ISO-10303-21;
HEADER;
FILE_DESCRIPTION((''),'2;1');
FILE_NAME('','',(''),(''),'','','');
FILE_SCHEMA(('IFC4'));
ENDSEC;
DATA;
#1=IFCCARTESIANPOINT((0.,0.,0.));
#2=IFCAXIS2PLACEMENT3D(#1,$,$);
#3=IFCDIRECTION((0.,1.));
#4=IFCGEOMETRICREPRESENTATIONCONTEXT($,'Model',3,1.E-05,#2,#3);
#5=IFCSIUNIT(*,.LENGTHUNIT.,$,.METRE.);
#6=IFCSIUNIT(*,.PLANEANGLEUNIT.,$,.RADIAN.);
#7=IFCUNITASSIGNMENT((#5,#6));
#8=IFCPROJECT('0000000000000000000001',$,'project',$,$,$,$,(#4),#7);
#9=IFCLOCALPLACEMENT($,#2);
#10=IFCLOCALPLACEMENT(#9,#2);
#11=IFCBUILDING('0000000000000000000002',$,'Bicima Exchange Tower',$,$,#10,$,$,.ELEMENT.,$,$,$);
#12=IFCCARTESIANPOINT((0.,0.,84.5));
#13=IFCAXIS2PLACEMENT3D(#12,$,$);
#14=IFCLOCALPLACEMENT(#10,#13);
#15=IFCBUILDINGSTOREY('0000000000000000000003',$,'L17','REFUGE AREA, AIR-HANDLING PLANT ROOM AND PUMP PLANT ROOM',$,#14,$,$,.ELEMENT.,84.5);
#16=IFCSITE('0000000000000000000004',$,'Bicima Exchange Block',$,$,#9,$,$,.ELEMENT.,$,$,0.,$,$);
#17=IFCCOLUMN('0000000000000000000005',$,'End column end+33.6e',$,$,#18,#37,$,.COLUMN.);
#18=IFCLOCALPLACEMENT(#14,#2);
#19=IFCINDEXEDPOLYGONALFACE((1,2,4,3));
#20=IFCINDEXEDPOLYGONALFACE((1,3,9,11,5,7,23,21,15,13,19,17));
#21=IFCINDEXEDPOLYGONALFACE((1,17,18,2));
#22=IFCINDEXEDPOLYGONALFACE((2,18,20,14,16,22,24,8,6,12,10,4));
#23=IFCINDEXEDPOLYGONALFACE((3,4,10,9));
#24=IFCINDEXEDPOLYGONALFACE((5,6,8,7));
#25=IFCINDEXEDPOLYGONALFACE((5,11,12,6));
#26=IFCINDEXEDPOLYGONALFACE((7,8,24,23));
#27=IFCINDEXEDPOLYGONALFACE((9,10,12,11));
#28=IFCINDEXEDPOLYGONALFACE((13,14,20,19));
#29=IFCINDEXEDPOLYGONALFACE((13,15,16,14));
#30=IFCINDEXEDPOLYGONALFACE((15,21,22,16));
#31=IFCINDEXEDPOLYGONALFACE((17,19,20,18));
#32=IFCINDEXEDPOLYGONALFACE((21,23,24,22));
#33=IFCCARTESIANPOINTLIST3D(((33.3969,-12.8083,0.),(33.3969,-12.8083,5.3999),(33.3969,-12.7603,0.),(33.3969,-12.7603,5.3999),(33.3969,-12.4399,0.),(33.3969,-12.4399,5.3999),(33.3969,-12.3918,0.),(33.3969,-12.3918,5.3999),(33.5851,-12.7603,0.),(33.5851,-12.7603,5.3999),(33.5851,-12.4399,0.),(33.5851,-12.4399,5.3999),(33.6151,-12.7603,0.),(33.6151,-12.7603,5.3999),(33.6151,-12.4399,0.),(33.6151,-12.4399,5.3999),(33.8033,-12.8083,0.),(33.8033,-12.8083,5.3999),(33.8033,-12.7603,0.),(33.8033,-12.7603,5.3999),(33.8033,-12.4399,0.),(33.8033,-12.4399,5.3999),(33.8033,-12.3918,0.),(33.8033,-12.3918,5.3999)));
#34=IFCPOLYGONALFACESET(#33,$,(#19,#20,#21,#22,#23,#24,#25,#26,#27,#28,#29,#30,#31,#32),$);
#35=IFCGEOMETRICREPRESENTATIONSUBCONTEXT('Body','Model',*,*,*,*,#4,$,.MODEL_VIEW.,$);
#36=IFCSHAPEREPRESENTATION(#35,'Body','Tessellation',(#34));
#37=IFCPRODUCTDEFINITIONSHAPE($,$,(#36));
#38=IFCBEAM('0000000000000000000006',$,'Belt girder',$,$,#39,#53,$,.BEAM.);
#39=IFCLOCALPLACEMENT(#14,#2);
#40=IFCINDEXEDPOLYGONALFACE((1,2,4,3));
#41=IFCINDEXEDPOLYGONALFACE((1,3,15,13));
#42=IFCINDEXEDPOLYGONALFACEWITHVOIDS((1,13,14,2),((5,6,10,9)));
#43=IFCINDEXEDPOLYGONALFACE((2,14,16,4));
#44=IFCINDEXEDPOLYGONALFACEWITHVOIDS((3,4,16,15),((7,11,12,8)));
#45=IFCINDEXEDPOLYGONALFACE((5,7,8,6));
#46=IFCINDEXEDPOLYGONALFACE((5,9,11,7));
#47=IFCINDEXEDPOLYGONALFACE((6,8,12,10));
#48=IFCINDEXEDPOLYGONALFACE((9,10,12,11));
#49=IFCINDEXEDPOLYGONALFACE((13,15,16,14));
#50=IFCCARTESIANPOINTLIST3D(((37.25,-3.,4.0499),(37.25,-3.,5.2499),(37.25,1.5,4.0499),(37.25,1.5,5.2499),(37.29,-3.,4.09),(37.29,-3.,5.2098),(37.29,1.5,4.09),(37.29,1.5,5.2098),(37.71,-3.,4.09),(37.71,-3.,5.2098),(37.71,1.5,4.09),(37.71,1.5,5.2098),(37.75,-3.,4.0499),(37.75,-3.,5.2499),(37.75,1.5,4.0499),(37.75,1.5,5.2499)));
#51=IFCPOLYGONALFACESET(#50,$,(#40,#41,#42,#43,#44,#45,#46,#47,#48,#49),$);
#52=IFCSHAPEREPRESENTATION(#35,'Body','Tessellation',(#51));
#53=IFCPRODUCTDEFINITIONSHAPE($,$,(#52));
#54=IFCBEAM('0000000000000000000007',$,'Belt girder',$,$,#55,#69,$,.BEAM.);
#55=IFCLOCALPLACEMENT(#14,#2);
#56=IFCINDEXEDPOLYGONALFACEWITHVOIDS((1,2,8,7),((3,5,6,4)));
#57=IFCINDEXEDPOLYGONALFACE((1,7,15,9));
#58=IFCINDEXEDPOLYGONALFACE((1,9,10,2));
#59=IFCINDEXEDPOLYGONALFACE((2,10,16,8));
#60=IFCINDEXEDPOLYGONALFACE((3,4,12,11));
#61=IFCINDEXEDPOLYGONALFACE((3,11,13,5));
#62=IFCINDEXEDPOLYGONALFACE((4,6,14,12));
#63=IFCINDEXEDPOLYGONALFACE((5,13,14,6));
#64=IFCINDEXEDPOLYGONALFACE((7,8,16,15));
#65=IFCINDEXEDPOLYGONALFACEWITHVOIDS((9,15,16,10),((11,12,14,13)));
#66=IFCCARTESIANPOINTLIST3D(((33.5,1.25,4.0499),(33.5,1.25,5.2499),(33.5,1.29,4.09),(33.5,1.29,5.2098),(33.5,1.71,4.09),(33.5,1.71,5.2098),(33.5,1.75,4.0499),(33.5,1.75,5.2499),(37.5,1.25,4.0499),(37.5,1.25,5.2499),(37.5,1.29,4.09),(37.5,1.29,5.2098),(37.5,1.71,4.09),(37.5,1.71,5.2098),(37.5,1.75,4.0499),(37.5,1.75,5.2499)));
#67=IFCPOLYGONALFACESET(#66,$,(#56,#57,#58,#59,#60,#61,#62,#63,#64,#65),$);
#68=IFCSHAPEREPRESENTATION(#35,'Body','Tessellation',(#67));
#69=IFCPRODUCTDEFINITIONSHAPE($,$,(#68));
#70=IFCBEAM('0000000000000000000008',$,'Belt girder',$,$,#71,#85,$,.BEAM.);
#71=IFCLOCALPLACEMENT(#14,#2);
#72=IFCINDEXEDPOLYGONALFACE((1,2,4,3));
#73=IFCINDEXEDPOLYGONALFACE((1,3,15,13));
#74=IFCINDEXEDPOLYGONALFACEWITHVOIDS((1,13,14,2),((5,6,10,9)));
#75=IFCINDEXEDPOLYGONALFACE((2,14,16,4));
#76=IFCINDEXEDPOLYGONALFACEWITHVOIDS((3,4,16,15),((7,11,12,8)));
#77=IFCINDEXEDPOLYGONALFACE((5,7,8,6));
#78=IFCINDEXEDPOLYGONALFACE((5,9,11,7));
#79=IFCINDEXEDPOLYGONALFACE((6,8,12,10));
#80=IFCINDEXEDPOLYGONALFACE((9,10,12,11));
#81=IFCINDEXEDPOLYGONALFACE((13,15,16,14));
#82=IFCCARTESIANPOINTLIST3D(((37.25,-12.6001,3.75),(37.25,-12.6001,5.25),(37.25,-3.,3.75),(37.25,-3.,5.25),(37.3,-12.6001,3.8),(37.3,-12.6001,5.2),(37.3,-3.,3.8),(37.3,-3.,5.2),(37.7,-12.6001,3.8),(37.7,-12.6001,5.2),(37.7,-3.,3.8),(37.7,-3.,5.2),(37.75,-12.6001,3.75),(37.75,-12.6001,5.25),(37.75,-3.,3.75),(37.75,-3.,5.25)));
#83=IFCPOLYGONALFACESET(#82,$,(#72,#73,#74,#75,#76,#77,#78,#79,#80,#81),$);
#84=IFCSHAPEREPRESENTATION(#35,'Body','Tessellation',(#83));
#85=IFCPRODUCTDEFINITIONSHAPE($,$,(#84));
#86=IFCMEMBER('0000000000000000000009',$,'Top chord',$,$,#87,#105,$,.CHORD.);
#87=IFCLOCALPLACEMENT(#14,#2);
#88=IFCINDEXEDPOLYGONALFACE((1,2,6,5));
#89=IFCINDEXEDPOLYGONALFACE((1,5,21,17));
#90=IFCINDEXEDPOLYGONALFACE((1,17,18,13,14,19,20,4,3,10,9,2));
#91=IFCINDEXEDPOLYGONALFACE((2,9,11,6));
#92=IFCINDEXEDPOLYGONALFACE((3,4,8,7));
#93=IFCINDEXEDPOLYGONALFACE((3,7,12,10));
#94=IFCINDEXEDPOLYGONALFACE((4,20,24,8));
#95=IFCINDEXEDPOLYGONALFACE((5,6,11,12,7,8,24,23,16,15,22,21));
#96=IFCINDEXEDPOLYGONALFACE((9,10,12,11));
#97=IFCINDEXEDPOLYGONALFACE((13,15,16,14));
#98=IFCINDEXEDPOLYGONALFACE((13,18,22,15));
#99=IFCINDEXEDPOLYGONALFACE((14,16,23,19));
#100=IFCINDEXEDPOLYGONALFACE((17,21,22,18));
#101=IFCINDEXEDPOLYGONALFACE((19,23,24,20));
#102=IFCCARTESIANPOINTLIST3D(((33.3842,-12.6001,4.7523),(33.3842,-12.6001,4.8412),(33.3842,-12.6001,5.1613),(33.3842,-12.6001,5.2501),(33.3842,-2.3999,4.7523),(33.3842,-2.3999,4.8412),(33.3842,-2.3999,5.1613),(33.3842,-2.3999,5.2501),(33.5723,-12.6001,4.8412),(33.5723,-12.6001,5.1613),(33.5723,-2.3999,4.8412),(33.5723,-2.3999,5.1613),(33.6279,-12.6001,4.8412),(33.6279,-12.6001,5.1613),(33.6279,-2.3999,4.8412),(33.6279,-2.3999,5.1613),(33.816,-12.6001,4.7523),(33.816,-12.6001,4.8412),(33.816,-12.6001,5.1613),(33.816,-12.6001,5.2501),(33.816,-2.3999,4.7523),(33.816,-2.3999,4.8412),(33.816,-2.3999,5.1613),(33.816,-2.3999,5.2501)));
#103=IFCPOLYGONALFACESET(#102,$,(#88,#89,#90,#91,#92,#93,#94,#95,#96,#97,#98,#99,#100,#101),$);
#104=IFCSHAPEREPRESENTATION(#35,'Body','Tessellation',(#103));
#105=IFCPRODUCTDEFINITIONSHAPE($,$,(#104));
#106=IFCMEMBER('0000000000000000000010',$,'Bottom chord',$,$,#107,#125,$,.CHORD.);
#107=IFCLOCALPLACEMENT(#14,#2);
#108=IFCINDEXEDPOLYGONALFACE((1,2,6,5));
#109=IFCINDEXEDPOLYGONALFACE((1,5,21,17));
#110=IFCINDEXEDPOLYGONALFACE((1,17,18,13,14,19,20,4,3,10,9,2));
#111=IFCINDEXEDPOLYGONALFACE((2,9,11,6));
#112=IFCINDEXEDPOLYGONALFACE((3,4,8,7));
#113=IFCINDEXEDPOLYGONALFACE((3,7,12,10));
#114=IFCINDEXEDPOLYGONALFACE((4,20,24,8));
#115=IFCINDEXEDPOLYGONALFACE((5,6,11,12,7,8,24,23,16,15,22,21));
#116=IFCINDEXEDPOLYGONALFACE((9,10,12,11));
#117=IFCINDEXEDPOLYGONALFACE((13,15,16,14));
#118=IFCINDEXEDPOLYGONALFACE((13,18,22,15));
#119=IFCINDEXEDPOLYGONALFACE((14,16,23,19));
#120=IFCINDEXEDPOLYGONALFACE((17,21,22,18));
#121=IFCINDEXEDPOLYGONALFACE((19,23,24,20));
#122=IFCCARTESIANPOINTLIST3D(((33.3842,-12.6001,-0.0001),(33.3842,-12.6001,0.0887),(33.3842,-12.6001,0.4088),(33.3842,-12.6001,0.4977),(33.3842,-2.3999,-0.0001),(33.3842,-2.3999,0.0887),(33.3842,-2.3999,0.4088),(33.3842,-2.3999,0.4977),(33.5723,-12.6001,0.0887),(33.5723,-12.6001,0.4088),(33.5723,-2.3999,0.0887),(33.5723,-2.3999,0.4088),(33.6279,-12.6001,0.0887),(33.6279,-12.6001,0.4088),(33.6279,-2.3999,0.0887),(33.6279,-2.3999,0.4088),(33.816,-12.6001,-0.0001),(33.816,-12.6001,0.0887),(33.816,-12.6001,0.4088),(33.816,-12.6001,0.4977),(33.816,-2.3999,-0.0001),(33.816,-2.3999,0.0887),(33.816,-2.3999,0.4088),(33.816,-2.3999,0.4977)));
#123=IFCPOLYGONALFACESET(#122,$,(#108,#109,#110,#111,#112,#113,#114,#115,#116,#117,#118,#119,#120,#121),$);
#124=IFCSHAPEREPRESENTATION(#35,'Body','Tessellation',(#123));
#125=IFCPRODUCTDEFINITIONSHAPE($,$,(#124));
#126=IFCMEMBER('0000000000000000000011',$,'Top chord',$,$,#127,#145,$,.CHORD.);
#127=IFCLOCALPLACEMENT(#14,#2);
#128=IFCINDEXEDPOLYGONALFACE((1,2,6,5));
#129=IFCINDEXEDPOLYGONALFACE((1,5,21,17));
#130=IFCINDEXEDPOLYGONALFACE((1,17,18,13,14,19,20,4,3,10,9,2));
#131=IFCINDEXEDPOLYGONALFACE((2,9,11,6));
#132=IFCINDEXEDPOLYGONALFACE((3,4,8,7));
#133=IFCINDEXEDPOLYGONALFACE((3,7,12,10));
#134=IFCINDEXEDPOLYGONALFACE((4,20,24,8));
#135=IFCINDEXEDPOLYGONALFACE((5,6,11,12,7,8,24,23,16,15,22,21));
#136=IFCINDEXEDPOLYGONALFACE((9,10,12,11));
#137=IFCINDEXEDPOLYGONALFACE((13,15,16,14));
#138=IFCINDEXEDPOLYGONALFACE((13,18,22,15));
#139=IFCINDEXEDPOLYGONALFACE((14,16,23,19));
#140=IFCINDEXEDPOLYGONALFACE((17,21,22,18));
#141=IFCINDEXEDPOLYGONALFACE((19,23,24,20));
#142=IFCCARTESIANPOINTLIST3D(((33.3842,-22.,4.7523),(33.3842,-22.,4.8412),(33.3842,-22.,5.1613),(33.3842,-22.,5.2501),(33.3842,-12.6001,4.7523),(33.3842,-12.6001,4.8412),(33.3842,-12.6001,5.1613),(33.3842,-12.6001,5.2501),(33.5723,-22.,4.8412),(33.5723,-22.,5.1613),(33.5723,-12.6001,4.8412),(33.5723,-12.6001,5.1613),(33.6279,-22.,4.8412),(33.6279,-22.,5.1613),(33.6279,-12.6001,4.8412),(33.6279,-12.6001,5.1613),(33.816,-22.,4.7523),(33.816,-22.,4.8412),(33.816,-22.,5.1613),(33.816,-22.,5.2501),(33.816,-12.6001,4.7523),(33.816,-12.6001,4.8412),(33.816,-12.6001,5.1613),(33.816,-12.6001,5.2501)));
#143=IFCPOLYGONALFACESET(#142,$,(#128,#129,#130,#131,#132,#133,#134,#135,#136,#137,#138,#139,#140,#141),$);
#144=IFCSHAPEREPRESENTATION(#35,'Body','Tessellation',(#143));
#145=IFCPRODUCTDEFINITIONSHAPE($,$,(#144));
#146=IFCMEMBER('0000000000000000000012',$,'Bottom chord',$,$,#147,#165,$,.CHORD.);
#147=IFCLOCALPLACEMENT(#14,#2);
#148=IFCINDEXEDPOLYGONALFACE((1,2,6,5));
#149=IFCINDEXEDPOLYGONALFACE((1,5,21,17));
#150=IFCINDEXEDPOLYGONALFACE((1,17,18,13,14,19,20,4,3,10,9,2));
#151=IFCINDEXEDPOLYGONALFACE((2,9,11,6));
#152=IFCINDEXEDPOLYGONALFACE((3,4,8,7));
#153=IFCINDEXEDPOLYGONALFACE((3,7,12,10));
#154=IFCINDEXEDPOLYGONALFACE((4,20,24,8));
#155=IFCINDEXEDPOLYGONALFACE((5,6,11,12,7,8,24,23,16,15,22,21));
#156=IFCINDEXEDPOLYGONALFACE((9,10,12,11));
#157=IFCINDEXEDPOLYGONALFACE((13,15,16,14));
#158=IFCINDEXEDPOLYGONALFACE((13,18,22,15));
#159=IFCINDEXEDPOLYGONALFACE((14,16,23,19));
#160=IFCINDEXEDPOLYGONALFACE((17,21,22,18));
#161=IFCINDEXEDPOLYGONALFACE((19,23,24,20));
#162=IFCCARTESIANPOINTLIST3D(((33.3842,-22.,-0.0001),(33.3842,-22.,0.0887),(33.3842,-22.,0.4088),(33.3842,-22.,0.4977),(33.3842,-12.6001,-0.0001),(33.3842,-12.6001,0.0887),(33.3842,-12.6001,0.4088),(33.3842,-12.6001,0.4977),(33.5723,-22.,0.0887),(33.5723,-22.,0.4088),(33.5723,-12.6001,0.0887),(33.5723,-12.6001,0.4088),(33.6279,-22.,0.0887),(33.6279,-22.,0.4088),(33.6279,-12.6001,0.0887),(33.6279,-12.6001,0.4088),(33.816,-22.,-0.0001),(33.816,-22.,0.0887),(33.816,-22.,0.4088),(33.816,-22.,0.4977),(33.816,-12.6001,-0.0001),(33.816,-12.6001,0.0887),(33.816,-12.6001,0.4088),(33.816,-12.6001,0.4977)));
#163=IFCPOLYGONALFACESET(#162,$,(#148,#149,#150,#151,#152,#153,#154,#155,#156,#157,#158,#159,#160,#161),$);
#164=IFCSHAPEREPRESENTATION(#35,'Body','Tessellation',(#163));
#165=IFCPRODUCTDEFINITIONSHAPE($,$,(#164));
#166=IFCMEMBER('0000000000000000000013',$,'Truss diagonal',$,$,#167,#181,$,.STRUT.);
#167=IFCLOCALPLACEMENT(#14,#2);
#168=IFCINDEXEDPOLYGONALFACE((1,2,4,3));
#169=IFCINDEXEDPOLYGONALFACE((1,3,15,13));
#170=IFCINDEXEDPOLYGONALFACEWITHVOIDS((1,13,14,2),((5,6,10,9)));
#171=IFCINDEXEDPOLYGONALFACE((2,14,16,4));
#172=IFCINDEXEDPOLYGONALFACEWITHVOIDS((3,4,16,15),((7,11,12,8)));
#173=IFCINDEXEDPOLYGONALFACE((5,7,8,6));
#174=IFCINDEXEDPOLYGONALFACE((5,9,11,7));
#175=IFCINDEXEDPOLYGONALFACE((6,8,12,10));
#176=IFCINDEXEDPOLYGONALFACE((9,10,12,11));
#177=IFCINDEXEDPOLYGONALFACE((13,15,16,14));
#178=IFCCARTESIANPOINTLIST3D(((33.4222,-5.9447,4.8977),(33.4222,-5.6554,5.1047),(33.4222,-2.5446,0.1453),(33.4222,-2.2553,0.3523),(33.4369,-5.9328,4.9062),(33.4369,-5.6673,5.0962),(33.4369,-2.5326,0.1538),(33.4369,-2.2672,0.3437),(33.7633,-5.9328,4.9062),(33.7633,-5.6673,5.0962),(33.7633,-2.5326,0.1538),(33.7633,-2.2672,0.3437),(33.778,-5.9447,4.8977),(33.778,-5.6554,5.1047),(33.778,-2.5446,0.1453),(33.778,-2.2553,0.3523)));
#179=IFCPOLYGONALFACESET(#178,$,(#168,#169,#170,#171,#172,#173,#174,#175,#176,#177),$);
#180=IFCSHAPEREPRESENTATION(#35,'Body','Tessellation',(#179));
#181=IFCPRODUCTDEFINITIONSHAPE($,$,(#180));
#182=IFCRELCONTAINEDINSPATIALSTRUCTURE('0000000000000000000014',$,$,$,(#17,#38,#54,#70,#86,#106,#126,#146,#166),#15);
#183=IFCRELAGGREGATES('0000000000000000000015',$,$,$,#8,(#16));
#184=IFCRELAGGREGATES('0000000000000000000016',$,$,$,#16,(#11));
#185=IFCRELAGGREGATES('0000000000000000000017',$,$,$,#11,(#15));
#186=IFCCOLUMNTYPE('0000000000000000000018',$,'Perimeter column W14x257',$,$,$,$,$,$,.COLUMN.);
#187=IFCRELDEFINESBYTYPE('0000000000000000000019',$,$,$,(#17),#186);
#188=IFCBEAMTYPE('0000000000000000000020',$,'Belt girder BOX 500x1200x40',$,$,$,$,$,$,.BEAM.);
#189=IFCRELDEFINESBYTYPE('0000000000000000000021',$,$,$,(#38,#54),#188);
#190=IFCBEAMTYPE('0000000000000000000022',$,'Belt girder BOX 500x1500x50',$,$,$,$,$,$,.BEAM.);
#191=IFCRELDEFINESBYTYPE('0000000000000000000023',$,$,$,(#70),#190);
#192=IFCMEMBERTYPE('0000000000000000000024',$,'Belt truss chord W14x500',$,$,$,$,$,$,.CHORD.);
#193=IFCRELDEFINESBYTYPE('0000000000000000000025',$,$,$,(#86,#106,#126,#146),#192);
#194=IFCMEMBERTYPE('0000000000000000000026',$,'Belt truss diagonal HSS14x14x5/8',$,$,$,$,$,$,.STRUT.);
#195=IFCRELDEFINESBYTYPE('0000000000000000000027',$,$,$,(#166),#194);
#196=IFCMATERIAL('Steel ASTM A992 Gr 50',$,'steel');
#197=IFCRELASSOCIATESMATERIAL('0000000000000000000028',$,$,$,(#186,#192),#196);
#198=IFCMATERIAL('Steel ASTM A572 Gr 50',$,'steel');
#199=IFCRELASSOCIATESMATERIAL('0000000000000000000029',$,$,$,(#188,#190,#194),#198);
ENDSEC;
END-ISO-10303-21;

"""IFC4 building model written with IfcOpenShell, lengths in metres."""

from ifc_helpers import new_model, si_unit, direction, frame, origin, origin_2d, place, context, subcontext, project, spatial, hollow_rectangle, i_section, extrude, material, material_profile, profile_set, type_object, element, save


model = new_model("IFC4")

# Units and contexts
model_context = context("Model", 3, precision=1e-05, world=origin(), true_north=direction((0.0, 1.0)))
body_context = subcontext(model_context, "Body", "Model", "MODEL_VIEW")
ifc_project = project(units=[si_unit("LENGTHUNIT", "METRE"), si_unit("PLANEANGLEUNIT", "RADIAN")], contexts=[model_context])

# Site, building, storey
site_placement = place(None, origin())
site = spatial("IfcSite", under=ifc_project, at=site_placement, Name="Bicima Exchange Block", CompositionType="ELEMENT", RefElevation=0.0)
building_placement = place(site_placement, origin())
building = spatial("IfcBuilding", under=site, at=building_placement, Name="Bicima Exchange Tower", CompositionType="ELEMENT")
storey_placement = place(building_placement, frame((0.0, 0.0, 84.5)))
storey = spatial("IfcBuildingStorey", under=building, at=storey_placement, Name="L17", Description="REFUGE AREA, AIR-HANDLING PLANT ROOM AND PUMP PLANT ROOM", CompositionType="ELEMENT", Elevation=84.5)

# Column
ifc_material_1 = material(Name="Steel ASTM A992 Gr 50", Category="steel")
ifc_material_profile_1 = material_profile(ifc_material_1, i_section(OverallWidth=0.4065, OverallDepth=0.4165, WebThickness=0.03, FlangeThickness=0.0481, at=origin_2d()))
ifc_profile_set_1 = profile_set([ifc_material_profile_1], Name="Steel ASTM A992 Gr 50")
column_type = type_object("IfcColumnType", Name="Perimeter column W14x257", PredefinedType="COLUMN", material=ifc_profile_set_1)
column_placement = place(storey_placement, frame((33.6001, -12.6001, 0.0), z_axis=(0.0, 0.0, 1.0), x_axis=(1.0, 0.0, 0.0)))
element("IfcColumn", 1, at=column_placement, inside=storey, type_object=column_type, Name="End column end+33.6e", PredefinedType="COLUMN", context=body_context, shape_type="SweptSolid", body=[
    extrude(i_section(OverallWidth=0.4065, OverallDepth=0.4165, WebThickness=0.03, FlangeThickness=0.0481, at=origin_2d()), origin(), (0.0, 0.0, 1.0), 5.3999),
])

# Beams
ifc_material_2 = material(Name="Steel ASTM A572 Gr 50", Category="steel")
ifc_material_profile_2 = material_profile(ifc_material_2, hollow_rectangle(XDim=0.5, YDim=1.2, WallThickness=0.04, at=origin_2d()))
ifc_profile_set_2 = profile_set([ifc_material_profile_2], Name="Steel ASTM A572 Gr 50")
beam_type_1 = type_object("IfcBeamType", Name="Belt girder BOX 500x1200x40", PredefinedType="BEAM", material=ifc_profile_set_2)
beam_1_placement = place(storey_placement, frame((37.5, -3.0, 4.6499), z_axis=(0.0, 1.0, 0.0), x_axis=(-1.0, 0.0, 0.0)))
element("IfcBeam", 2, at=beam_1_placement, inside=storey, type_object=beam_type_1, Name="Belt girder", PredefinedType="BEAM", context=body_context, shape_type="SweptSolid", body=[
    extrude(hollow_rectangle(XDim=0.5, YDim=1.2, WallThickness=0.04, at=origin_2d()), origin(), (0.0, 0.0, 1.0), 4.5),
])
beam_2_placement = place(storey_placement, frame((37.5, 1.5, 4.6499), z_axis=(-1.0, 0.0, 0.0), x_axis=(0.0, -1.0, 0.0)))
element("IfcBeam", 3, at=beam_2_placement, inside=storey, type_object=beam_type_1, Name="Belt girder", PredefinedType="BEAM", context=body_context, shape_type="SweptSolid", body=[
    extrude(hollow_rectangle(XDim=0.5, YDim=1.2, WallThickness=0.04, at=origin_2d()), origin(), (0.0, 0.0, 1.0), 4.0),
])
ifc_material_profile_3 = material_profile(ifc_material_2, hollow_rectangle(XDim=0.5, YDim=1.5, WallThickness=0.05, at=origin_2d()))
ifc_profile_set_3 = profile_set([ifc_material_profile_3], Name="Steel ASTM A572 Gr 50")
beam_type_2 = type_object("IfcBeamType", Name="Belt girder BOX 500x1500x50", PredefinedType="BEAM", material=ifc_profile_set_3)
beam_3_placement = place(storey_placement, frame((37.5, -12.6001, 4.5), z_axis=(0.0, 1.0, 0.0), x_axis=(-1.0, 0.0, 0.0)))
element("IfcBeam", 4, at=beam_3_placement, inside=storey, type_object=beam_type_2, Name="Belt girder", PredefinedType="BEAM", context=body_context, shape_type="SweptSolid", body=[
    extrude(hollow_rectangle(XDim=0.5, YDim=1.5, WallThickness=0.05, at=origin_2d()), origin(), (0.0, 0.0, 1.0), 9.6001),
])

# Members
ifc_material_profile_4 = material_profile(ifc_material_1, i_section(OverallWidth=0.4319, OverallDepth=0.4978, WebThickness=0.0557, FlangeThickness=0.0889, at=origin_2d()))
ifc_profile_set_4 = profile_set([ifc_material_profile_4], Name="Steel ASTM A992 Gr 50")
member_type_1 = type_object("IfcMemberType", Name="Belt truss chord W14x500", PredefinedType="CHORD", material=ifc_profile_set_4)
for number, where, z_axis, x_axis, name in (
    (5, (33.6001, -2.3999, 5.0012), (0.0, -1.0, 0.0), (1.0, 0.0, 0.0), "Top chord"),
    (6, (33.6001, -2.3999, 0.2488), (0.0, -1.0, 0.0), (1.0, 0.0, 0.0), "Bottom chord"),
):
    element("IfcMember", number, at=place(storey_placement, frame(where, z_axis=z_axis, x_axis=x_axis)), inside=storey, type_object=member_type_1, Name=name, PredefinedType="CHORD", context=body_context, shape_type="SweptSolid", body=[
        extrude(i_section(OverallWidth=0.4319, OverallDepth=0.4978, WebThickness=0.0557, FlangeThickness=0.0889, at=origin_2d()), origin(), (0.0, 0.0, 1.0), 10.2002),
    ])
for number, where, z_axis, x_axis, name in (
    (7, (33.6001, -12.6001, 5.0012), (0.0, -1.0, 0.0), (1.0, 0.0, 0.0), "Top chord"),
    (8, (33.6001, -12.6001, 0.2488), (0.0, -1.0, 0.0), (1.0, 0.0, 0.0), "Bottom chord"),
):
    element("IfcMember", number, at=place(storey_placement, frame(where, z_axis=z_axis, x_axis=x_axis)), inside=storey, type_object=member_type_1, Name=name, PredefinedType="CHORD", context=body_context, shape_type="SweptSolid", body=[
        extrude(i_section(OverallWidth=0.4319, OverallDepth=0.4978, WebThickness=0.0557, FlangeThickness=0.0889, at=origin_2d()), origin(), (0.0, 0.0, 1.0), 9.3999),
    ])
ifc_material_profile_5 = material_profile(ifc_material_2, hollow_rectangle(XDim=0.3557, YDim=0.3557, WallThickness=0.0146, at=origin_2d()))
ifc_profile_set_5 = profile_set([ifc_material_profile_5], Name="Steel ASTM A572 Gr 50")
member_type_2 = type_object("IfcMemberType", Name="Belt truss diagonal HSS14x14x5/8", PredefinedType="STRUT", material=ifc_profile_set_5)
member_1_placement = place(storey_placement, frame((33.6001, -2.3999, 0.2488), z_axis=(0.0, -0.581866, 0.813284), x_axis=(1.0, 0.0, 0.0)))
element("IfcMember", 9, at=member_1_placement, inside=storey, type_object=member_type_2, Name="Truss diagonal", PredefinedType="STRUT", context=body_context, shape_type="SweptSolid", body=[
    extrude(hollow_rectangle(XDim=0.3557, YDim=0.3557, WallThickness=0.0146, at=origin_2d()), origin(), (0.0, 0.0, 1.0), 5.8435),
])

save(model, "model.ifc")
